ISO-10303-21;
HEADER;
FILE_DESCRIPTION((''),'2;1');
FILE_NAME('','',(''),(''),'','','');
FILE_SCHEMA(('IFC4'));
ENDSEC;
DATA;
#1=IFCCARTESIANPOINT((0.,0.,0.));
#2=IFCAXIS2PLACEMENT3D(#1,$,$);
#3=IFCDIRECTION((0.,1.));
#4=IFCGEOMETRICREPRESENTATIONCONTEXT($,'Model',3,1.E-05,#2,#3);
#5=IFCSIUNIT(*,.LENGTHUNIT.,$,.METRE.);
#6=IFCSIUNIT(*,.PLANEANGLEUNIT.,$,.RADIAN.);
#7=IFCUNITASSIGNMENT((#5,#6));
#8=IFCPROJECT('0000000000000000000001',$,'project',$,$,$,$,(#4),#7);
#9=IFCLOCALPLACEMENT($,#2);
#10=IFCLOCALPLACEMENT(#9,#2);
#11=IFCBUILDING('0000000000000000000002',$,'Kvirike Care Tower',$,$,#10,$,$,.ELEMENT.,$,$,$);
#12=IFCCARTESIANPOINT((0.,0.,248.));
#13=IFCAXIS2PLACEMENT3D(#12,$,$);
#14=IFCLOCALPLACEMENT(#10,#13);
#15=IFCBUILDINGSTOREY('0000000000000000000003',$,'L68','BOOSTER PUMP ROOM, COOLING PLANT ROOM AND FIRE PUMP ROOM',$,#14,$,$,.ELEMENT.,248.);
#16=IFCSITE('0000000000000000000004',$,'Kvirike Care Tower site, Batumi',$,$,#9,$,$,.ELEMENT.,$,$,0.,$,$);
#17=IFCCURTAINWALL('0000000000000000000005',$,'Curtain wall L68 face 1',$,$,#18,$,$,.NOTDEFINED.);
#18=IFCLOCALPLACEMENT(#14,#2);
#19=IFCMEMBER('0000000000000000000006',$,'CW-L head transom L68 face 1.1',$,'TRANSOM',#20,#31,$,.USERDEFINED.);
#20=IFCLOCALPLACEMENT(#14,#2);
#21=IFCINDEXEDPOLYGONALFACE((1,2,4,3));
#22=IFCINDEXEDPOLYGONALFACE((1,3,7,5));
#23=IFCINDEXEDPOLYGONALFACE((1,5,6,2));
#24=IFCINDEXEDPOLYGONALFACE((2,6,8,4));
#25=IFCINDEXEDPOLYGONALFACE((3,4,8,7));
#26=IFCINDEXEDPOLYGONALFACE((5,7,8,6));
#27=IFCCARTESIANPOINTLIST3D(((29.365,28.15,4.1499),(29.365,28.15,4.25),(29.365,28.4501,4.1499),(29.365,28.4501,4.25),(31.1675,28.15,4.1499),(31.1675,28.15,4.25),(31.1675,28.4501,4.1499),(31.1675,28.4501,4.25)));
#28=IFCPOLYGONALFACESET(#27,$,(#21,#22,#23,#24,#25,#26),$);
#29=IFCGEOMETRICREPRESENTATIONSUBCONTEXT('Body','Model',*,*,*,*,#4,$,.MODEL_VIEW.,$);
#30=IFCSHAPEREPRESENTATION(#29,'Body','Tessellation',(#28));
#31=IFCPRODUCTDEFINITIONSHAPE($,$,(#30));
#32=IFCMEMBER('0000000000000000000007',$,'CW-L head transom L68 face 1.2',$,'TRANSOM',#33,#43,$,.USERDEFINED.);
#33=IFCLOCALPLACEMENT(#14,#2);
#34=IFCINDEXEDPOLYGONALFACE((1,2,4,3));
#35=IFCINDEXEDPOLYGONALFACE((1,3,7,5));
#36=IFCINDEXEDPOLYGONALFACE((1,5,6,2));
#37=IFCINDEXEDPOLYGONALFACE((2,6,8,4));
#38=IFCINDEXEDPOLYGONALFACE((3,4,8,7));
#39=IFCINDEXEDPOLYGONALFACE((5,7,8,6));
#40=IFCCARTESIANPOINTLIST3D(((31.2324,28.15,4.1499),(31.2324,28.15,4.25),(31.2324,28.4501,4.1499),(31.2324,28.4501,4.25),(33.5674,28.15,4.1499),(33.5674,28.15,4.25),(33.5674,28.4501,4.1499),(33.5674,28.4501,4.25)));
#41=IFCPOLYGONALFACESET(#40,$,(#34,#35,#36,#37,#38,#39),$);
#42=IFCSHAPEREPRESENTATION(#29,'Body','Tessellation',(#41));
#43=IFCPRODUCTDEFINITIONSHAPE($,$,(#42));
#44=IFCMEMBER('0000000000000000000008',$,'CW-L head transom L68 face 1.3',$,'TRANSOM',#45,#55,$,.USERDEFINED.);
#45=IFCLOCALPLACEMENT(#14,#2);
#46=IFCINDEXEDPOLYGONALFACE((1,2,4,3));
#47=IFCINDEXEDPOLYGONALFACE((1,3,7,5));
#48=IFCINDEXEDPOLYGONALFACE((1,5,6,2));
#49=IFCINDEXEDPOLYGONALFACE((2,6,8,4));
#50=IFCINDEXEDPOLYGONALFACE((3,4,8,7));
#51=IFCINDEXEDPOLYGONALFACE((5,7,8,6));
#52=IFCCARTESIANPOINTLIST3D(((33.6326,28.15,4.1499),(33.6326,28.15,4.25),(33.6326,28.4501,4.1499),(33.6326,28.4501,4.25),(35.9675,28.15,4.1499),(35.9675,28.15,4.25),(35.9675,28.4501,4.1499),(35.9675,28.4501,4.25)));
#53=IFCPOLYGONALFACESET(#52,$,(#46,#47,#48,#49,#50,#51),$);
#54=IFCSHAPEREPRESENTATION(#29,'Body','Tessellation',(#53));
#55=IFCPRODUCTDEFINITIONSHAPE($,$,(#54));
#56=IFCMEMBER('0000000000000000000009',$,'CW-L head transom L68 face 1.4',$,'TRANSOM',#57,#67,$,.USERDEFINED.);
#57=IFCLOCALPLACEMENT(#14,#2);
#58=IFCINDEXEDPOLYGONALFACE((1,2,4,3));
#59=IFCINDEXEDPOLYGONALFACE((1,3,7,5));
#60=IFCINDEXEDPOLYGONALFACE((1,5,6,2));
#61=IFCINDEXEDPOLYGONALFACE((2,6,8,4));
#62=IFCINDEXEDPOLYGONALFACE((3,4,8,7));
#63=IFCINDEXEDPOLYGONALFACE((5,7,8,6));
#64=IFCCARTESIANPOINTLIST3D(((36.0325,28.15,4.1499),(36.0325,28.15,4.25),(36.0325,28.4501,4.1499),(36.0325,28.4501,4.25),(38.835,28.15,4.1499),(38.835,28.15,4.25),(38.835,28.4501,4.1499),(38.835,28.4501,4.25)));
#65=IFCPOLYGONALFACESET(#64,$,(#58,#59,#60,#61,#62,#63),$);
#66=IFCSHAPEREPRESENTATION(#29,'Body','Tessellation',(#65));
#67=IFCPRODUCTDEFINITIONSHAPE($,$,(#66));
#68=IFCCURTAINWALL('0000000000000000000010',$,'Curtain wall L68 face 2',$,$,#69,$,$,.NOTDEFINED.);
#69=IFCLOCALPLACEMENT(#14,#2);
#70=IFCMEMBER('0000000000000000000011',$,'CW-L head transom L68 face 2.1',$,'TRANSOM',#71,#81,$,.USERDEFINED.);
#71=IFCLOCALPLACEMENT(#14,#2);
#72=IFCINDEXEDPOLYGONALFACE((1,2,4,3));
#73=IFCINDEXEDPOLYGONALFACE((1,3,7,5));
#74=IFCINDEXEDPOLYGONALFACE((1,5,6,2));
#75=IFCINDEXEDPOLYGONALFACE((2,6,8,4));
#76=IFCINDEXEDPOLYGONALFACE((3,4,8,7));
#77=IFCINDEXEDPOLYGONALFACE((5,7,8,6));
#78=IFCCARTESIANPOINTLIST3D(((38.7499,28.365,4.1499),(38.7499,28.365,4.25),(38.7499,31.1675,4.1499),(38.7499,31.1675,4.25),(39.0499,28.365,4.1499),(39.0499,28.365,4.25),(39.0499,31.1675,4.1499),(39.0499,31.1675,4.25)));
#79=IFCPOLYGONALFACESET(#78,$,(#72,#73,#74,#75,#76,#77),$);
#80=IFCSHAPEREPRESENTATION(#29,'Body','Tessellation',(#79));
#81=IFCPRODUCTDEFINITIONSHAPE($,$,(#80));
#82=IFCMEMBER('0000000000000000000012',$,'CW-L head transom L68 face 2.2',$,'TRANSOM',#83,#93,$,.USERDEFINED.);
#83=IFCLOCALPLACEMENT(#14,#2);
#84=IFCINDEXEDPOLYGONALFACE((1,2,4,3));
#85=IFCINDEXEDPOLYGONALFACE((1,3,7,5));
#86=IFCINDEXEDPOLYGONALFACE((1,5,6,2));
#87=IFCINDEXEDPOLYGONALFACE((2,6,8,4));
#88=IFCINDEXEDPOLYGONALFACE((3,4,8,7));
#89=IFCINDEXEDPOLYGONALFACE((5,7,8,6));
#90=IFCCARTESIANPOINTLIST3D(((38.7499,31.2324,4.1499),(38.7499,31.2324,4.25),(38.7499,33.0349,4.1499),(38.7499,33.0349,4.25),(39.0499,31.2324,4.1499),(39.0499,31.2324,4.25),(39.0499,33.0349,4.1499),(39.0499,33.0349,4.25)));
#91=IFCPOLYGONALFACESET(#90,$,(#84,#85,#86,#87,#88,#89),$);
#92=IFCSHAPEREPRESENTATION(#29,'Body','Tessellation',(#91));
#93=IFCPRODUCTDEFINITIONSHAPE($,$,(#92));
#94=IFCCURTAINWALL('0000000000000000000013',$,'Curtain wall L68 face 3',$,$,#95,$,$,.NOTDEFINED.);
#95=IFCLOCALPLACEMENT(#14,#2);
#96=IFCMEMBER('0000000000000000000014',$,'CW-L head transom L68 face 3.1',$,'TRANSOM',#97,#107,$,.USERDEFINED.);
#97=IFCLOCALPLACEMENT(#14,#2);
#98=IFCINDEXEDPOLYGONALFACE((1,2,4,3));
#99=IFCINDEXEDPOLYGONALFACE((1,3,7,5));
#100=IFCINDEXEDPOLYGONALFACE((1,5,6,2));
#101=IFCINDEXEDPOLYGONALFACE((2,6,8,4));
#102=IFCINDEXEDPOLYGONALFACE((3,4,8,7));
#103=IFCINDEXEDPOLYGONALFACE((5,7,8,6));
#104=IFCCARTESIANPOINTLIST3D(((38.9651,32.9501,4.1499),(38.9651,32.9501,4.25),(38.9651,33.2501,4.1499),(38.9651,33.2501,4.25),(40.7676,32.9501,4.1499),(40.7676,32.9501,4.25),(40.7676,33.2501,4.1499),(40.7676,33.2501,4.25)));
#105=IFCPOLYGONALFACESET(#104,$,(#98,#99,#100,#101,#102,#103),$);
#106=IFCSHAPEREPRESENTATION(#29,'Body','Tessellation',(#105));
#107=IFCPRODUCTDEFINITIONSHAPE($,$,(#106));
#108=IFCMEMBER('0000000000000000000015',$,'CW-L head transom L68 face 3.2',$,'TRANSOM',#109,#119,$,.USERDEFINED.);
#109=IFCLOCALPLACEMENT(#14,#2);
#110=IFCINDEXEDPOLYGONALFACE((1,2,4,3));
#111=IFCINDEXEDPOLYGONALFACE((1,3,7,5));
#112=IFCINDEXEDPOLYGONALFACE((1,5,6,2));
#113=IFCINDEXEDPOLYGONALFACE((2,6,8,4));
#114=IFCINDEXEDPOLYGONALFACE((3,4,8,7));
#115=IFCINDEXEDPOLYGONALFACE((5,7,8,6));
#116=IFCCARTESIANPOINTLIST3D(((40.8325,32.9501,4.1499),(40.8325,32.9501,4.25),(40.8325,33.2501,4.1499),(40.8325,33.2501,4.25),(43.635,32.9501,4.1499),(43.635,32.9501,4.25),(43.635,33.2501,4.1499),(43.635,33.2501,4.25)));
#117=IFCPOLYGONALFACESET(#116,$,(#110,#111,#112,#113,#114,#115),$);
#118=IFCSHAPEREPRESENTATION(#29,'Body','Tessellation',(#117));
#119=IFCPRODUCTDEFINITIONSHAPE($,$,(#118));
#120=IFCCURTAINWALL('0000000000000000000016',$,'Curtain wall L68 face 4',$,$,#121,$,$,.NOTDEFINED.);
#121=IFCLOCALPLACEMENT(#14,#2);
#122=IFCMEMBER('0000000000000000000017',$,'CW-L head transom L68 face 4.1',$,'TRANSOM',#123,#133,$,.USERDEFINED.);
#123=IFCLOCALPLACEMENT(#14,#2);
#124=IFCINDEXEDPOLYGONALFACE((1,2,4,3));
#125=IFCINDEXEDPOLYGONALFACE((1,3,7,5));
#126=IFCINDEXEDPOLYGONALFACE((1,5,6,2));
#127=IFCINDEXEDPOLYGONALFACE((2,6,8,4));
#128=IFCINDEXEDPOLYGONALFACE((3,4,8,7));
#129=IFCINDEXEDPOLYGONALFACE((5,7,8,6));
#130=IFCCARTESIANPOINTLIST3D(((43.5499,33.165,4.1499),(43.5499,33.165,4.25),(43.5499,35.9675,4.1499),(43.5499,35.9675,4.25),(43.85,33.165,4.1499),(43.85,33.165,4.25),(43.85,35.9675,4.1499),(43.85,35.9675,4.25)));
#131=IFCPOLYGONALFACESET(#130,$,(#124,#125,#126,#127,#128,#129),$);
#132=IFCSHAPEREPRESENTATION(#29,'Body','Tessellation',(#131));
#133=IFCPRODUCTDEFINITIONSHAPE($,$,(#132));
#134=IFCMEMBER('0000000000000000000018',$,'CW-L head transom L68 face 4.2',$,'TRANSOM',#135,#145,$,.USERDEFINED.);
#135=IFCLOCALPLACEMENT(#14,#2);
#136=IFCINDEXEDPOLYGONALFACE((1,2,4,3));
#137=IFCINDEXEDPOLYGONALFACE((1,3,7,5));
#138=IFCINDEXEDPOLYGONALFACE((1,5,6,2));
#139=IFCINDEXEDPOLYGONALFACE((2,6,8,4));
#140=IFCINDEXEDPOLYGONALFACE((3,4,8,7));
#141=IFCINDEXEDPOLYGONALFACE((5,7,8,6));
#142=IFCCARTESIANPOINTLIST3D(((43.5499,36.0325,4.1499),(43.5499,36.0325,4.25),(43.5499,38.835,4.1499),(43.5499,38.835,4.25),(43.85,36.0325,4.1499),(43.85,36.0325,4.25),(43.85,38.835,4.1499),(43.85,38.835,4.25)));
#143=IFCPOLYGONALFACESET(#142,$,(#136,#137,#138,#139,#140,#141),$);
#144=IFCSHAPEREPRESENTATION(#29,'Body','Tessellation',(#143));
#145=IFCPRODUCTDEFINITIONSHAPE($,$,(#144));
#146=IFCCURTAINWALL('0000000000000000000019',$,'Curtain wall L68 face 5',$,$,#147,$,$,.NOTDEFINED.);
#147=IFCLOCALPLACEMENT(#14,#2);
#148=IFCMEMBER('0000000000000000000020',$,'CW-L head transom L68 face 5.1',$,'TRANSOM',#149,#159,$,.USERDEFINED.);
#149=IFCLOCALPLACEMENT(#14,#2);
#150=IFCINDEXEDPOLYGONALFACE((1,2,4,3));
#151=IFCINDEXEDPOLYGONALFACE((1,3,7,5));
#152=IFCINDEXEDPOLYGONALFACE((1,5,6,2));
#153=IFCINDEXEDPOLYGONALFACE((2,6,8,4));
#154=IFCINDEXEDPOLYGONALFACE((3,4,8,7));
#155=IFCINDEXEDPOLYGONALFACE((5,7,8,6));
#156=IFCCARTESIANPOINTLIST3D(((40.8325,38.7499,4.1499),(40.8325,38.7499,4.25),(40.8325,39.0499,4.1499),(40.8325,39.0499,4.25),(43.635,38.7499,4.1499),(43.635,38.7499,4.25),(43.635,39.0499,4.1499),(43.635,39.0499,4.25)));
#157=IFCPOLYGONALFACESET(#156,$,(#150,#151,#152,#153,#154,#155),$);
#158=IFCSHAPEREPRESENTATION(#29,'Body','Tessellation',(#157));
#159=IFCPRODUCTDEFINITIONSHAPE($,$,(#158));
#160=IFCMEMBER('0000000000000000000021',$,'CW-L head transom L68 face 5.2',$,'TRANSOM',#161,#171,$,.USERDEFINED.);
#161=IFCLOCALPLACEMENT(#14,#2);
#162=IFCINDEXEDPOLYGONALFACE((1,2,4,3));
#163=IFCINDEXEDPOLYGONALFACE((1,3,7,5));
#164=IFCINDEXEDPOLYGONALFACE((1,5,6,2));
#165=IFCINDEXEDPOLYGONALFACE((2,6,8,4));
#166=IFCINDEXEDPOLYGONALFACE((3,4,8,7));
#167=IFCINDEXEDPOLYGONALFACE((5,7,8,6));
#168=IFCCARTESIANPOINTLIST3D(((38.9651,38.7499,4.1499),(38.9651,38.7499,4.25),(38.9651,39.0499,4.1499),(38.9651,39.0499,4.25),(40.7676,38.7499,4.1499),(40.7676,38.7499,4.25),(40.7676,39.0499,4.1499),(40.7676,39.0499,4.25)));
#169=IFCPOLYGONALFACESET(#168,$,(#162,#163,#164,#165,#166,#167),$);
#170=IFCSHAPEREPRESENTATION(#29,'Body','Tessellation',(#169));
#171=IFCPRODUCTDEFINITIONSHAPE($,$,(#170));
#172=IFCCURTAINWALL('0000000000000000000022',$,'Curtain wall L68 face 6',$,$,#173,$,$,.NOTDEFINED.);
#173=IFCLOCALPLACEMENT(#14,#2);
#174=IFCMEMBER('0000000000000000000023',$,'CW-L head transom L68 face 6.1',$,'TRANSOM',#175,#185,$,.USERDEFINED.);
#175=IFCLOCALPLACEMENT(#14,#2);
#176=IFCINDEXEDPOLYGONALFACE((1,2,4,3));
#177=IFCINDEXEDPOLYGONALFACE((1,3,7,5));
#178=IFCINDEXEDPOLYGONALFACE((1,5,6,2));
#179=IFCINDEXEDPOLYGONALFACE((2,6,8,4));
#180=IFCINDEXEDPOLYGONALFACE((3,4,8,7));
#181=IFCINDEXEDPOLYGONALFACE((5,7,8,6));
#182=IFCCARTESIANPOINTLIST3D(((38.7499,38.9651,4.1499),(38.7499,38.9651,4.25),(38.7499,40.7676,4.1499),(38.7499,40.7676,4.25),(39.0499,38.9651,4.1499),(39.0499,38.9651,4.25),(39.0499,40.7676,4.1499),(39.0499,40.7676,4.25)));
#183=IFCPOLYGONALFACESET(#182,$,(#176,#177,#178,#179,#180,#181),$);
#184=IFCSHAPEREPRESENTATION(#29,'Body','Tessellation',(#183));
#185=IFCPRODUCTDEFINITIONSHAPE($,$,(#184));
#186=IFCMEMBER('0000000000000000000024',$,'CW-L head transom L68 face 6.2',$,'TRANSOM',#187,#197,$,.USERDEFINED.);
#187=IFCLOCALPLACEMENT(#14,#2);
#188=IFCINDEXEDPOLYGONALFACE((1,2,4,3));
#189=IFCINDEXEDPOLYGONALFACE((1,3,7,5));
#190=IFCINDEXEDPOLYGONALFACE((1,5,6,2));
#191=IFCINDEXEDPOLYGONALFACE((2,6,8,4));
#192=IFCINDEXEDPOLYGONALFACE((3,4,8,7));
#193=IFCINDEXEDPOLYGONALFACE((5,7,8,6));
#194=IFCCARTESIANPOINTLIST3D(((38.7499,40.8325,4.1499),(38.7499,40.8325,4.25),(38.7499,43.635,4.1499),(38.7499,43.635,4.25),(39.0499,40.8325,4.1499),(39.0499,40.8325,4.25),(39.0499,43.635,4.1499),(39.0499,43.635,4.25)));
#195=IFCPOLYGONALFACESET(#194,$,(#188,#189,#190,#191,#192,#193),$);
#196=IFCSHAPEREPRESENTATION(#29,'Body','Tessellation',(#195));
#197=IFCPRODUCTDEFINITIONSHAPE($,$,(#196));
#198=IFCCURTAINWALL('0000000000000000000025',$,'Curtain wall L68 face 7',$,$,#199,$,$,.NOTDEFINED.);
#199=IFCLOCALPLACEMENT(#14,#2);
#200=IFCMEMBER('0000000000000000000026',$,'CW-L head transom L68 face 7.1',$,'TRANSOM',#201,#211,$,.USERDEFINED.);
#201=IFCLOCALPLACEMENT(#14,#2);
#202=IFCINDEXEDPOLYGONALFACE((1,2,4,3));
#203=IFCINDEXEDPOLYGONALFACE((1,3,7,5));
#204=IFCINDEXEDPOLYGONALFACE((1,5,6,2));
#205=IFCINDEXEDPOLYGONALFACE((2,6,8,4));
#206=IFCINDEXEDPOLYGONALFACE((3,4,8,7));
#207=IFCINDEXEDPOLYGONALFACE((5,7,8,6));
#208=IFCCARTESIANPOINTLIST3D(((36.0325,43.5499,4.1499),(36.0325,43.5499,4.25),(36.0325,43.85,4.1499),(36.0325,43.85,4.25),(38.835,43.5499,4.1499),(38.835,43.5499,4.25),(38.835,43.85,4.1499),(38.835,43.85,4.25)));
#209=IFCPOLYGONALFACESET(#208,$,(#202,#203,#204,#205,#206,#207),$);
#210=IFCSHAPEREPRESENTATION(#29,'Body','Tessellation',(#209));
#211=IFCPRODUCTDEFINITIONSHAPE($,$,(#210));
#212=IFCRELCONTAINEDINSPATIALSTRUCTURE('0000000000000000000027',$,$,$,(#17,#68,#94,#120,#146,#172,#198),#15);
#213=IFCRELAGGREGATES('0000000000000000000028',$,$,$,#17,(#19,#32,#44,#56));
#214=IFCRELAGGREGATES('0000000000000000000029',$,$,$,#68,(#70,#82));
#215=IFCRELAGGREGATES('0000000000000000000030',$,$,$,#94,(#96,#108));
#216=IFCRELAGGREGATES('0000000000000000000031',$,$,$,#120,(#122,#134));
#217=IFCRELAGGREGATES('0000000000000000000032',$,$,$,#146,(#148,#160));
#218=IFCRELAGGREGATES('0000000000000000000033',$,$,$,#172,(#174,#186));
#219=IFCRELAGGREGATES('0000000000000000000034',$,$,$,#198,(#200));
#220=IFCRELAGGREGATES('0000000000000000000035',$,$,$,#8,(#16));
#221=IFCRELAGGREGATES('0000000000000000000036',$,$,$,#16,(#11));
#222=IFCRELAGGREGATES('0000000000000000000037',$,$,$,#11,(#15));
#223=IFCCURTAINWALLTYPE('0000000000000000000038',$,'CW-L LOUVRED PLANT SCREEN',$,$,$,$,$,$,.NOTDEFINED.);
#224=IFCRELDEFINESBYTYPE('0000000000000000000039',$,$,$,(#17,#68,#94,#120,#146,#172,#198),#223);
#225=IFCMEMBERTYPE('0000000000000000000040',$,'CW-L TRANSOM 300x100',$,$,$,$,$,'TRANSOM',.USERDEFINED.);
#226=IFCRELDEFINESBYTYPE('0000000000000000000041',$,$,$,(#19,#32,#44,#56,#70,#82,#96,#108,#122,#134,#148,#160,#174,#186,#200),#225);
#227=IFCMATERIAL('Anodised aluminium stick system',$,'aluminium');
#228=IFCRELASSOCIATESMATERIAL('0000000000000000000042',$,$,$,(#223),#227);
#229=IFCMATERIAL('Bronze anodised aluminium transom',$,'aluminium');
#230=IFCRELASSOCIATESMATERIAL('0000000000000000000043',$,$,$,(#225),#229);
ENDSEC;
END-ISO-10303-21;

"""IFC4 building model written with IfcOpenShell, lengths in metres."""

from ifc_helpers import new_model, si_unit, direction, frame, origin, origin_2d, place, context, subcontext, project, spatial, rectangle, extrude, material, material_profile, profile_set, type_object, element, aggregate, save


model = new_model("IFC4")

# Units and contexts
model_context = context("Model", 3, precision=1e-05, world=origin(), true_north=direction((0.0, 1.0)))
body_context = subcontext(model_context, "Body", "Model", "MODEL_VIEW")
ifc_project = project(units=[si_unit("LENGTHUNIT", "METRE"), si_unit("PLANEANGLEUNIT", "RADIAN")], contexts=[model_context])

# Site, building, storey
site_placement = place(None, origin())
site = spatial("IfcSite", under=ifc_project, at=site_placement, Name="Kvirike Care Tower site, Batumi", CompositionType="ELEMENT", RefElevation=0.0)
building_placement = place(site_placement, origin())
building = spatial("IfcBuilding", under=site, at=building_placement, Name="Kvirike Care Tower", CompositionType="ELEMENT")
storey_placement = place(building_placement, frame((0.0, 0.0, 248.0)))
storey = spatial("IfcBuildingStorey", under=building, at=storey_placement, Name="L68", Description="BOOSTER PUMP ROOM, COOLING PLANT ROOM AND FIRE PUMP ROOM", CompositionType="ELEMENT", Elevation=248.0)

# Curtain walls, members
ifc_material_1 = material(Name="Anodised aluminium stick system", Category="aluminium")
curtain_wall_type = type_object("IfcCurtainWallType", Name="CW-L LOUVRED PLANT SCREEN", PredefinedType="NOTDEFINED", material=ifc_material_1)
curtain_wall_1_placement = place(storey_placement, origin())
curtain_wall_1 = element("IfcCurtainWall", 1, at=curtain_wall_1_placement, inside=storey, type_object=curtain_wall_type, Name="Curtain wall L68 face 1", PredefinedType="NOTDEFINED")
ifc_material_2 = material(Name="Bronze anodised aluminium transom", Category="aluminium")
ifc_material_profile_1 = material_profile(ifc_material_2, rectangle(XDim=0.3, YDim=0.1001, at=origin_2d()), Name="CW-L TRANSOM 300x100")
ifc_profile_set_1 = profile_set([ifc_material_profile_1], Name="Bronze anodised aluminium transom")
member_type = type_object("IfcMemberType", Name="CW-L TRANSOM 300x100", ElementType="TRANSOM", PredefinedType="USERDEFINED", material=ifc_profile_set_1)
member_1_placement = place(storey_placement, frame((29.365, 28.3, 4.2), z_axis=(1.0, 0.0, 0.0), x_axis=(0.0, 1.0, 0.0)))
member_1 = element("IfcMember", 2, at=member_1_placement, type_object=member_type, Name="CW-L head transom L68 face 1.1", ObjectType="TRANSOM", PredefinedType="USERDEFINED", context=body_context, shape_type="SweptSolid", body=[
    extrude(rectangle(XDim=0.3, YDim=0.1001, at=origin_2d()), origin(), (0.0, 0.0, 1.0), 1.8025),
])
member_2_placement = place(storey_placement, frame((31.2324, 28.3, 4.2), z_axis=(1.0, 0.0, 0.0), x_axis=(0.0, 1.0, 0.0)))
member_2 = element("IfcMember", 3, at=member_2_placement, type_object=member_type, Name="CW-L head transom L68 face 1.2", ObjectType="TRANSOM", PredefinedType="USERDEFINED", context=body_context, shape_type="SweptSolid", body=[
    extrude(rectangle(XDim=0.3, YDim=0.1001, at=origin_2d()), origin(), (0.0, 0.0, 1.0), 2.335),
])
member_3_placement = place(storey_placement, frame((33.6326, 28.3, 4.2), z_axis=(1.0, 0.0, 0.0), x_axis=(0.0, 1.0, 0.0)))
member_3 = element("IfcMember", 4, at=member_3_placement, type_object=member_type, Name="CW-L head transom L68 face 1.3", ObjectType="TRANSOM", PredefinedType="USERDEFINED", context=body_context, shape_type="SweptSolid", body=[
    extrude(rectangle(XDim=0.3, YDim=0.1001, at=origin_2d()), origin(), (0.0, 0.0, 1.0), 2.335),
])
member_4_placement = place(storey_placement, frame((36.0325, 28.3, 4.2), z_axis=(1.0, 0.0, 0.0), x_axis=(0.0, 1.0, 0.0)))
member_4 = element("IfcMember", 5, at=member_4_placement, type_object=member_type, Name="CW-L head transom L68 face 1.4", ObjectType="TRANSOM", PredefinedType="USERDEFINED", context=body_context, shape_type="SweptSolid", body=[
    extrude(rectangle(XDim=0.3, YDim=0.1001, at=origin_2d()), origin(), (0.0, 0.0, 1.0), 2.8025),
])
aggregate(curtain_wall_1, [member_1, member_2, member_3, member_4])
curtain_wall_2_placement = place(storey_placement, origin())
curtain_wall_2 = element("IfcCurtainWall", 6, at=curtain_wall_2_placement, inside=storey, type_object=curtain_wall_type, Name="Curtain wall L68 face 2", PredefinedType="NOTDEFINED")
member_5_placement = place(storey_placement, frame((38.8999, 28.365, 4.2), z_axis=(0.0, 1.0, 0.0), x_axis=(-1.0, 0.0, 0.0)))
member_5 = element("IfcMember", 7, at=member_5_placement, type_object=member_type, Name="CW-L head transom L68 face 2.1", ObjectType="TRANSOM", PredefinedType="USERDEFINED", context=body_context, shape_type="SweptSolid", body=[
    extrude(rectangle(XDim=0.3, YDim=0.1001, at=origin_2d()), origin(), (0.0, 0.0, 1.0), 2.8025),
])
member_6_placement = place(storey_placement, frame((38.8999, 31.2324, 4.2), z_axis=(0.0, 1.0, 0.0), x_axis=(-1.0, 0.0, 0.0)))
member_6 = element("IfcMember", 8, at=member_6_placement, type_object=member_type, Name="CW-L head transom L68 face 2.2", ObjectType="TRANSOM", PredefinedType="USERDEFINED", context=body_context, shape_type="SweptSolid", body=[
    extrude(rectangle(XDim=0.3, YDim=0.1001, at=origin_2d()), origin(), (0.0, 0.0, 1.0), 1.8025),
])
aggregate(curtain_wall_2, [member_5, member_6])
curtain_wall_3_placement = place(storey_placement, origin())
curtain_wall_3 = element("IfcCurtainWall", 9, at=curtain_wall_3_placement, inside=storey, type_object=curtain_wall_type, Name="Curtain wall L68 face 3", PredefinedType="NOTDEFINED")
member_7_placement = place(storey_placement, frame((38.9651, 33.1001, 4.2), z_axis=(1.0, 0.0, 0.0), x_axis=(0.0, 1.0, 0.0)))
member_7 = element("IfcMember", 10, at=member_7_placement, type_object=member_type, Name="CW-L head transom L68 face 3.1", ObjectType="TRANSOM", PredefinedType="USERDEFINED", context=body_context, shape_type="SweptSolid", body=[
    extrude(rectangle(XDim=0.3, YDim=0.1001, at=origin_2d()), origin(), (0.0, 0.0, 1.0), 1.8025),
])
member_8_placement = place(storey_placement, frame((40.8325, 33.1001, 4.2), z_axis=(1.0, 0.0, 0.0), x_axis=(0.0, 1.0, 0.0)))
member_8 = element("IfcMember", 11, at=member_8_placement, type_object=member_type, Name="CW-L head transom L68 face 3.2", ObjectType="TRANSOM", PredefinedType="USERDEFINED", context=body_context, shape_type="SweptSolid", body=[
    extrude(rectangle(XDim=0.3, YDim=0.1001, at=origin_2d()), origin(), (0.0, 0.0, 1.0), 2.8025),
])
aggregate(curtain_wall_3, [member_7, member_8])
curtain_wall_4_placement = place(storey_placement, origin())
curtain_wall_4 = element("IfcCurtainWall", 12, at=curtain_wall_4_placement, inside=storey, type_object=curtain_wall_type, Name="Curtain wall L68 face 4", PredefinedType="NOTDEFINED")
member_9_placement = place(storey_placement, frame((43.7, 33.165, 4.2), z_axis=(0.0, 1.0, 0.0), x_axis=(-1.0, 0.0, 0.0)))
member_9 = element("IfcMember", 13, at=member_9_placement, type_object=member_type, Name="CW-L head transom L68 face 4.1", ObjectType="TRANSOM", PredefinedType="USERDEFINED", context=body_context, shape_type="SweptSolid", body=[
    extrude(rectangle(XDim=0.3, YDim=0.1001, at=origin_2d()), origin(), (0.0, 0.0, 1.0), 2.8025),
])
member_10_placement = place(storey_placement, frame((43.7, 36.0325, 4.2), z_axis=(0.0, 1.0, 0.0), x_axis=(-1.0, 0.0, 0.0)))
member_10 = element("IfcMember", 14, at=member_10_placement, type_object=member_type, Name="CW-L head transom L68 face 4.2", ObjectType="TRANSOM", PredefinedType="USERDEFINED", context=body_context, shape_type="SweptSolid", body=[
    extrude(rectangle(XDim=0.3, YDim=0.1001, at=origin_2d()), origin(), (0.0, 0.0, 1.0), 2.8025),
])
aggregate(curtain_wall_4, [member_9, member_10])
curtain_wall_5_placement = place(storey_placement, origin())
curtain_wall_5 = element("IfcCurtainWall", 15, at=curtain_wall_5_placement, inside=storey, type_object=curtain_wall_type, Name="Curtain wall L68 face 5", PredefinedType="NOTDEFINED")
member_11_placement = place(storey_placement, frame((43.635, 38.8999, 4.2), z_axis=(-1.0, 0.0, 0.0), x_axis=(0.0, -1.0, 0.0)))
member_11 = element("IfcMember", 16, at=member_11_placement, type_object=member_type, Name="CW-L head transom L68 face 5.1", ObjectType="TRANSOM", PredefinedType="USERDEFINED", context=body_context, shape_type="SweptSolid", body=[
    extrude(rectangle(XDim=0.3, YDim=0.1001, at=origin_2d()), origin(), (0.0, 0.0, 1.0), 2.8025),
])
member_12_placement = place(storey_placement, frame((40.7676, 38.8999, 4.2), z_axis=(-1.0, 0.0, 0.0), x_axis=(0.0, -1.0, 0.0)))
member_12 = element("IfcMember", 17, at=member_12_placement, type_object=member_type, Name="CW-L head transom L68 face 5.2", ObjectType="TRANSOM", PredefinedType="USERDEFINED", context=body_context, shape_type="SweptSolid", body=[
    extrude(rectangle(XDim=0.3, YDim=0.1001, at=origin_2d()), origin(), (0.0, 0.0, 1.0), 1.8025),
])
aggregate(curtain_wall_5, [member_11, member_12])
curtain_wall_6_placement = place(storey_placement, origin())
curtain_wall_6 = element("IfcCurtainWall", 18, at=curtain_wall_6_placement, inside=storey, type_object=curtain_wall_type, Name="Curtain wall L68 face 6", PredefinedType="NOTDEFINED")
member_13_placement = place(storey_placement, frame((38.8999, 38.9651, 4.2), z_axis=(0.0, 1.0, 0.0), x_axis=(-1.0, 0.0, 0.0)))
member_13 = element("IfcMember", 19, at=member_13_placement, type_object=member_type, Name="CW-L head transom L68 face 6.1", ObjectType="TRANSOM", PredefinedType="USERDEFINED", context=body_context, shape_type="SweptSolid", body=[
    extrude(rectangle(XDim=0.3, YDim=0.1001, at=origin_2d()), origin(), (0.0, 0.0, 1.0), 1.8025),
])
member_14_placement = place(storey_placement, frame((38.8999, 40.8325, 4.2), z_axis=(0.0, 1.0, 0.0), x_axis=(-1.0, 0.0, 0.0)))
member_14 = element("IfcMember", 20, at=member_14_placement, type_object=member_type, Name="CW-L head transom L68 face 6.2", ObjectType="TRANSOM", PredefinedType="USERDEFINED", context=body_context, shape_type="SweptSolid", body=[
    extrude(rectangle(XDim=0.3, YDim=0.1001, at=origin_2d()), origin(), (0.0, 0.0, 1.0), 2.8025),
])
aggregate(curtain_wall_6, [member_13, member_14])
curtain_wall_7_placement = place(storey_placement, origin())
curtain_wall_7 = element("IfcCurtainWall", 21, at=curtain_wall_7_placement, inside=storey, type_object=curtain_wall_type, Name="Curtain wall L68 face 7", PredefinedType="NOTDEFINED")
member_15_placement = place(storey_placement, frame((38.835, 43.7, 4.2), z_axis=(-1.0, 0.0, 0.0), x_axis=(0.0, -1.0, 0.0)))
member_15 = element("IfcMember", 22, at=member_15_placement, type_object=member_type, Name="CW-L head transom L68 face 7.1", ObjectType="TRANSOM", PredefinedType="USERDEFINED", context=body_context, shape_type="SweptSolid", body=[
    extrude(rectangle(XDim=0.3, YDim=0.1001, at=origin_2d()), origin(), (0.0, 0.0, 1.0), 2.8025),
])
aggregate(curtain_wall_7, [member_15])

save(model, "model.ifc")
